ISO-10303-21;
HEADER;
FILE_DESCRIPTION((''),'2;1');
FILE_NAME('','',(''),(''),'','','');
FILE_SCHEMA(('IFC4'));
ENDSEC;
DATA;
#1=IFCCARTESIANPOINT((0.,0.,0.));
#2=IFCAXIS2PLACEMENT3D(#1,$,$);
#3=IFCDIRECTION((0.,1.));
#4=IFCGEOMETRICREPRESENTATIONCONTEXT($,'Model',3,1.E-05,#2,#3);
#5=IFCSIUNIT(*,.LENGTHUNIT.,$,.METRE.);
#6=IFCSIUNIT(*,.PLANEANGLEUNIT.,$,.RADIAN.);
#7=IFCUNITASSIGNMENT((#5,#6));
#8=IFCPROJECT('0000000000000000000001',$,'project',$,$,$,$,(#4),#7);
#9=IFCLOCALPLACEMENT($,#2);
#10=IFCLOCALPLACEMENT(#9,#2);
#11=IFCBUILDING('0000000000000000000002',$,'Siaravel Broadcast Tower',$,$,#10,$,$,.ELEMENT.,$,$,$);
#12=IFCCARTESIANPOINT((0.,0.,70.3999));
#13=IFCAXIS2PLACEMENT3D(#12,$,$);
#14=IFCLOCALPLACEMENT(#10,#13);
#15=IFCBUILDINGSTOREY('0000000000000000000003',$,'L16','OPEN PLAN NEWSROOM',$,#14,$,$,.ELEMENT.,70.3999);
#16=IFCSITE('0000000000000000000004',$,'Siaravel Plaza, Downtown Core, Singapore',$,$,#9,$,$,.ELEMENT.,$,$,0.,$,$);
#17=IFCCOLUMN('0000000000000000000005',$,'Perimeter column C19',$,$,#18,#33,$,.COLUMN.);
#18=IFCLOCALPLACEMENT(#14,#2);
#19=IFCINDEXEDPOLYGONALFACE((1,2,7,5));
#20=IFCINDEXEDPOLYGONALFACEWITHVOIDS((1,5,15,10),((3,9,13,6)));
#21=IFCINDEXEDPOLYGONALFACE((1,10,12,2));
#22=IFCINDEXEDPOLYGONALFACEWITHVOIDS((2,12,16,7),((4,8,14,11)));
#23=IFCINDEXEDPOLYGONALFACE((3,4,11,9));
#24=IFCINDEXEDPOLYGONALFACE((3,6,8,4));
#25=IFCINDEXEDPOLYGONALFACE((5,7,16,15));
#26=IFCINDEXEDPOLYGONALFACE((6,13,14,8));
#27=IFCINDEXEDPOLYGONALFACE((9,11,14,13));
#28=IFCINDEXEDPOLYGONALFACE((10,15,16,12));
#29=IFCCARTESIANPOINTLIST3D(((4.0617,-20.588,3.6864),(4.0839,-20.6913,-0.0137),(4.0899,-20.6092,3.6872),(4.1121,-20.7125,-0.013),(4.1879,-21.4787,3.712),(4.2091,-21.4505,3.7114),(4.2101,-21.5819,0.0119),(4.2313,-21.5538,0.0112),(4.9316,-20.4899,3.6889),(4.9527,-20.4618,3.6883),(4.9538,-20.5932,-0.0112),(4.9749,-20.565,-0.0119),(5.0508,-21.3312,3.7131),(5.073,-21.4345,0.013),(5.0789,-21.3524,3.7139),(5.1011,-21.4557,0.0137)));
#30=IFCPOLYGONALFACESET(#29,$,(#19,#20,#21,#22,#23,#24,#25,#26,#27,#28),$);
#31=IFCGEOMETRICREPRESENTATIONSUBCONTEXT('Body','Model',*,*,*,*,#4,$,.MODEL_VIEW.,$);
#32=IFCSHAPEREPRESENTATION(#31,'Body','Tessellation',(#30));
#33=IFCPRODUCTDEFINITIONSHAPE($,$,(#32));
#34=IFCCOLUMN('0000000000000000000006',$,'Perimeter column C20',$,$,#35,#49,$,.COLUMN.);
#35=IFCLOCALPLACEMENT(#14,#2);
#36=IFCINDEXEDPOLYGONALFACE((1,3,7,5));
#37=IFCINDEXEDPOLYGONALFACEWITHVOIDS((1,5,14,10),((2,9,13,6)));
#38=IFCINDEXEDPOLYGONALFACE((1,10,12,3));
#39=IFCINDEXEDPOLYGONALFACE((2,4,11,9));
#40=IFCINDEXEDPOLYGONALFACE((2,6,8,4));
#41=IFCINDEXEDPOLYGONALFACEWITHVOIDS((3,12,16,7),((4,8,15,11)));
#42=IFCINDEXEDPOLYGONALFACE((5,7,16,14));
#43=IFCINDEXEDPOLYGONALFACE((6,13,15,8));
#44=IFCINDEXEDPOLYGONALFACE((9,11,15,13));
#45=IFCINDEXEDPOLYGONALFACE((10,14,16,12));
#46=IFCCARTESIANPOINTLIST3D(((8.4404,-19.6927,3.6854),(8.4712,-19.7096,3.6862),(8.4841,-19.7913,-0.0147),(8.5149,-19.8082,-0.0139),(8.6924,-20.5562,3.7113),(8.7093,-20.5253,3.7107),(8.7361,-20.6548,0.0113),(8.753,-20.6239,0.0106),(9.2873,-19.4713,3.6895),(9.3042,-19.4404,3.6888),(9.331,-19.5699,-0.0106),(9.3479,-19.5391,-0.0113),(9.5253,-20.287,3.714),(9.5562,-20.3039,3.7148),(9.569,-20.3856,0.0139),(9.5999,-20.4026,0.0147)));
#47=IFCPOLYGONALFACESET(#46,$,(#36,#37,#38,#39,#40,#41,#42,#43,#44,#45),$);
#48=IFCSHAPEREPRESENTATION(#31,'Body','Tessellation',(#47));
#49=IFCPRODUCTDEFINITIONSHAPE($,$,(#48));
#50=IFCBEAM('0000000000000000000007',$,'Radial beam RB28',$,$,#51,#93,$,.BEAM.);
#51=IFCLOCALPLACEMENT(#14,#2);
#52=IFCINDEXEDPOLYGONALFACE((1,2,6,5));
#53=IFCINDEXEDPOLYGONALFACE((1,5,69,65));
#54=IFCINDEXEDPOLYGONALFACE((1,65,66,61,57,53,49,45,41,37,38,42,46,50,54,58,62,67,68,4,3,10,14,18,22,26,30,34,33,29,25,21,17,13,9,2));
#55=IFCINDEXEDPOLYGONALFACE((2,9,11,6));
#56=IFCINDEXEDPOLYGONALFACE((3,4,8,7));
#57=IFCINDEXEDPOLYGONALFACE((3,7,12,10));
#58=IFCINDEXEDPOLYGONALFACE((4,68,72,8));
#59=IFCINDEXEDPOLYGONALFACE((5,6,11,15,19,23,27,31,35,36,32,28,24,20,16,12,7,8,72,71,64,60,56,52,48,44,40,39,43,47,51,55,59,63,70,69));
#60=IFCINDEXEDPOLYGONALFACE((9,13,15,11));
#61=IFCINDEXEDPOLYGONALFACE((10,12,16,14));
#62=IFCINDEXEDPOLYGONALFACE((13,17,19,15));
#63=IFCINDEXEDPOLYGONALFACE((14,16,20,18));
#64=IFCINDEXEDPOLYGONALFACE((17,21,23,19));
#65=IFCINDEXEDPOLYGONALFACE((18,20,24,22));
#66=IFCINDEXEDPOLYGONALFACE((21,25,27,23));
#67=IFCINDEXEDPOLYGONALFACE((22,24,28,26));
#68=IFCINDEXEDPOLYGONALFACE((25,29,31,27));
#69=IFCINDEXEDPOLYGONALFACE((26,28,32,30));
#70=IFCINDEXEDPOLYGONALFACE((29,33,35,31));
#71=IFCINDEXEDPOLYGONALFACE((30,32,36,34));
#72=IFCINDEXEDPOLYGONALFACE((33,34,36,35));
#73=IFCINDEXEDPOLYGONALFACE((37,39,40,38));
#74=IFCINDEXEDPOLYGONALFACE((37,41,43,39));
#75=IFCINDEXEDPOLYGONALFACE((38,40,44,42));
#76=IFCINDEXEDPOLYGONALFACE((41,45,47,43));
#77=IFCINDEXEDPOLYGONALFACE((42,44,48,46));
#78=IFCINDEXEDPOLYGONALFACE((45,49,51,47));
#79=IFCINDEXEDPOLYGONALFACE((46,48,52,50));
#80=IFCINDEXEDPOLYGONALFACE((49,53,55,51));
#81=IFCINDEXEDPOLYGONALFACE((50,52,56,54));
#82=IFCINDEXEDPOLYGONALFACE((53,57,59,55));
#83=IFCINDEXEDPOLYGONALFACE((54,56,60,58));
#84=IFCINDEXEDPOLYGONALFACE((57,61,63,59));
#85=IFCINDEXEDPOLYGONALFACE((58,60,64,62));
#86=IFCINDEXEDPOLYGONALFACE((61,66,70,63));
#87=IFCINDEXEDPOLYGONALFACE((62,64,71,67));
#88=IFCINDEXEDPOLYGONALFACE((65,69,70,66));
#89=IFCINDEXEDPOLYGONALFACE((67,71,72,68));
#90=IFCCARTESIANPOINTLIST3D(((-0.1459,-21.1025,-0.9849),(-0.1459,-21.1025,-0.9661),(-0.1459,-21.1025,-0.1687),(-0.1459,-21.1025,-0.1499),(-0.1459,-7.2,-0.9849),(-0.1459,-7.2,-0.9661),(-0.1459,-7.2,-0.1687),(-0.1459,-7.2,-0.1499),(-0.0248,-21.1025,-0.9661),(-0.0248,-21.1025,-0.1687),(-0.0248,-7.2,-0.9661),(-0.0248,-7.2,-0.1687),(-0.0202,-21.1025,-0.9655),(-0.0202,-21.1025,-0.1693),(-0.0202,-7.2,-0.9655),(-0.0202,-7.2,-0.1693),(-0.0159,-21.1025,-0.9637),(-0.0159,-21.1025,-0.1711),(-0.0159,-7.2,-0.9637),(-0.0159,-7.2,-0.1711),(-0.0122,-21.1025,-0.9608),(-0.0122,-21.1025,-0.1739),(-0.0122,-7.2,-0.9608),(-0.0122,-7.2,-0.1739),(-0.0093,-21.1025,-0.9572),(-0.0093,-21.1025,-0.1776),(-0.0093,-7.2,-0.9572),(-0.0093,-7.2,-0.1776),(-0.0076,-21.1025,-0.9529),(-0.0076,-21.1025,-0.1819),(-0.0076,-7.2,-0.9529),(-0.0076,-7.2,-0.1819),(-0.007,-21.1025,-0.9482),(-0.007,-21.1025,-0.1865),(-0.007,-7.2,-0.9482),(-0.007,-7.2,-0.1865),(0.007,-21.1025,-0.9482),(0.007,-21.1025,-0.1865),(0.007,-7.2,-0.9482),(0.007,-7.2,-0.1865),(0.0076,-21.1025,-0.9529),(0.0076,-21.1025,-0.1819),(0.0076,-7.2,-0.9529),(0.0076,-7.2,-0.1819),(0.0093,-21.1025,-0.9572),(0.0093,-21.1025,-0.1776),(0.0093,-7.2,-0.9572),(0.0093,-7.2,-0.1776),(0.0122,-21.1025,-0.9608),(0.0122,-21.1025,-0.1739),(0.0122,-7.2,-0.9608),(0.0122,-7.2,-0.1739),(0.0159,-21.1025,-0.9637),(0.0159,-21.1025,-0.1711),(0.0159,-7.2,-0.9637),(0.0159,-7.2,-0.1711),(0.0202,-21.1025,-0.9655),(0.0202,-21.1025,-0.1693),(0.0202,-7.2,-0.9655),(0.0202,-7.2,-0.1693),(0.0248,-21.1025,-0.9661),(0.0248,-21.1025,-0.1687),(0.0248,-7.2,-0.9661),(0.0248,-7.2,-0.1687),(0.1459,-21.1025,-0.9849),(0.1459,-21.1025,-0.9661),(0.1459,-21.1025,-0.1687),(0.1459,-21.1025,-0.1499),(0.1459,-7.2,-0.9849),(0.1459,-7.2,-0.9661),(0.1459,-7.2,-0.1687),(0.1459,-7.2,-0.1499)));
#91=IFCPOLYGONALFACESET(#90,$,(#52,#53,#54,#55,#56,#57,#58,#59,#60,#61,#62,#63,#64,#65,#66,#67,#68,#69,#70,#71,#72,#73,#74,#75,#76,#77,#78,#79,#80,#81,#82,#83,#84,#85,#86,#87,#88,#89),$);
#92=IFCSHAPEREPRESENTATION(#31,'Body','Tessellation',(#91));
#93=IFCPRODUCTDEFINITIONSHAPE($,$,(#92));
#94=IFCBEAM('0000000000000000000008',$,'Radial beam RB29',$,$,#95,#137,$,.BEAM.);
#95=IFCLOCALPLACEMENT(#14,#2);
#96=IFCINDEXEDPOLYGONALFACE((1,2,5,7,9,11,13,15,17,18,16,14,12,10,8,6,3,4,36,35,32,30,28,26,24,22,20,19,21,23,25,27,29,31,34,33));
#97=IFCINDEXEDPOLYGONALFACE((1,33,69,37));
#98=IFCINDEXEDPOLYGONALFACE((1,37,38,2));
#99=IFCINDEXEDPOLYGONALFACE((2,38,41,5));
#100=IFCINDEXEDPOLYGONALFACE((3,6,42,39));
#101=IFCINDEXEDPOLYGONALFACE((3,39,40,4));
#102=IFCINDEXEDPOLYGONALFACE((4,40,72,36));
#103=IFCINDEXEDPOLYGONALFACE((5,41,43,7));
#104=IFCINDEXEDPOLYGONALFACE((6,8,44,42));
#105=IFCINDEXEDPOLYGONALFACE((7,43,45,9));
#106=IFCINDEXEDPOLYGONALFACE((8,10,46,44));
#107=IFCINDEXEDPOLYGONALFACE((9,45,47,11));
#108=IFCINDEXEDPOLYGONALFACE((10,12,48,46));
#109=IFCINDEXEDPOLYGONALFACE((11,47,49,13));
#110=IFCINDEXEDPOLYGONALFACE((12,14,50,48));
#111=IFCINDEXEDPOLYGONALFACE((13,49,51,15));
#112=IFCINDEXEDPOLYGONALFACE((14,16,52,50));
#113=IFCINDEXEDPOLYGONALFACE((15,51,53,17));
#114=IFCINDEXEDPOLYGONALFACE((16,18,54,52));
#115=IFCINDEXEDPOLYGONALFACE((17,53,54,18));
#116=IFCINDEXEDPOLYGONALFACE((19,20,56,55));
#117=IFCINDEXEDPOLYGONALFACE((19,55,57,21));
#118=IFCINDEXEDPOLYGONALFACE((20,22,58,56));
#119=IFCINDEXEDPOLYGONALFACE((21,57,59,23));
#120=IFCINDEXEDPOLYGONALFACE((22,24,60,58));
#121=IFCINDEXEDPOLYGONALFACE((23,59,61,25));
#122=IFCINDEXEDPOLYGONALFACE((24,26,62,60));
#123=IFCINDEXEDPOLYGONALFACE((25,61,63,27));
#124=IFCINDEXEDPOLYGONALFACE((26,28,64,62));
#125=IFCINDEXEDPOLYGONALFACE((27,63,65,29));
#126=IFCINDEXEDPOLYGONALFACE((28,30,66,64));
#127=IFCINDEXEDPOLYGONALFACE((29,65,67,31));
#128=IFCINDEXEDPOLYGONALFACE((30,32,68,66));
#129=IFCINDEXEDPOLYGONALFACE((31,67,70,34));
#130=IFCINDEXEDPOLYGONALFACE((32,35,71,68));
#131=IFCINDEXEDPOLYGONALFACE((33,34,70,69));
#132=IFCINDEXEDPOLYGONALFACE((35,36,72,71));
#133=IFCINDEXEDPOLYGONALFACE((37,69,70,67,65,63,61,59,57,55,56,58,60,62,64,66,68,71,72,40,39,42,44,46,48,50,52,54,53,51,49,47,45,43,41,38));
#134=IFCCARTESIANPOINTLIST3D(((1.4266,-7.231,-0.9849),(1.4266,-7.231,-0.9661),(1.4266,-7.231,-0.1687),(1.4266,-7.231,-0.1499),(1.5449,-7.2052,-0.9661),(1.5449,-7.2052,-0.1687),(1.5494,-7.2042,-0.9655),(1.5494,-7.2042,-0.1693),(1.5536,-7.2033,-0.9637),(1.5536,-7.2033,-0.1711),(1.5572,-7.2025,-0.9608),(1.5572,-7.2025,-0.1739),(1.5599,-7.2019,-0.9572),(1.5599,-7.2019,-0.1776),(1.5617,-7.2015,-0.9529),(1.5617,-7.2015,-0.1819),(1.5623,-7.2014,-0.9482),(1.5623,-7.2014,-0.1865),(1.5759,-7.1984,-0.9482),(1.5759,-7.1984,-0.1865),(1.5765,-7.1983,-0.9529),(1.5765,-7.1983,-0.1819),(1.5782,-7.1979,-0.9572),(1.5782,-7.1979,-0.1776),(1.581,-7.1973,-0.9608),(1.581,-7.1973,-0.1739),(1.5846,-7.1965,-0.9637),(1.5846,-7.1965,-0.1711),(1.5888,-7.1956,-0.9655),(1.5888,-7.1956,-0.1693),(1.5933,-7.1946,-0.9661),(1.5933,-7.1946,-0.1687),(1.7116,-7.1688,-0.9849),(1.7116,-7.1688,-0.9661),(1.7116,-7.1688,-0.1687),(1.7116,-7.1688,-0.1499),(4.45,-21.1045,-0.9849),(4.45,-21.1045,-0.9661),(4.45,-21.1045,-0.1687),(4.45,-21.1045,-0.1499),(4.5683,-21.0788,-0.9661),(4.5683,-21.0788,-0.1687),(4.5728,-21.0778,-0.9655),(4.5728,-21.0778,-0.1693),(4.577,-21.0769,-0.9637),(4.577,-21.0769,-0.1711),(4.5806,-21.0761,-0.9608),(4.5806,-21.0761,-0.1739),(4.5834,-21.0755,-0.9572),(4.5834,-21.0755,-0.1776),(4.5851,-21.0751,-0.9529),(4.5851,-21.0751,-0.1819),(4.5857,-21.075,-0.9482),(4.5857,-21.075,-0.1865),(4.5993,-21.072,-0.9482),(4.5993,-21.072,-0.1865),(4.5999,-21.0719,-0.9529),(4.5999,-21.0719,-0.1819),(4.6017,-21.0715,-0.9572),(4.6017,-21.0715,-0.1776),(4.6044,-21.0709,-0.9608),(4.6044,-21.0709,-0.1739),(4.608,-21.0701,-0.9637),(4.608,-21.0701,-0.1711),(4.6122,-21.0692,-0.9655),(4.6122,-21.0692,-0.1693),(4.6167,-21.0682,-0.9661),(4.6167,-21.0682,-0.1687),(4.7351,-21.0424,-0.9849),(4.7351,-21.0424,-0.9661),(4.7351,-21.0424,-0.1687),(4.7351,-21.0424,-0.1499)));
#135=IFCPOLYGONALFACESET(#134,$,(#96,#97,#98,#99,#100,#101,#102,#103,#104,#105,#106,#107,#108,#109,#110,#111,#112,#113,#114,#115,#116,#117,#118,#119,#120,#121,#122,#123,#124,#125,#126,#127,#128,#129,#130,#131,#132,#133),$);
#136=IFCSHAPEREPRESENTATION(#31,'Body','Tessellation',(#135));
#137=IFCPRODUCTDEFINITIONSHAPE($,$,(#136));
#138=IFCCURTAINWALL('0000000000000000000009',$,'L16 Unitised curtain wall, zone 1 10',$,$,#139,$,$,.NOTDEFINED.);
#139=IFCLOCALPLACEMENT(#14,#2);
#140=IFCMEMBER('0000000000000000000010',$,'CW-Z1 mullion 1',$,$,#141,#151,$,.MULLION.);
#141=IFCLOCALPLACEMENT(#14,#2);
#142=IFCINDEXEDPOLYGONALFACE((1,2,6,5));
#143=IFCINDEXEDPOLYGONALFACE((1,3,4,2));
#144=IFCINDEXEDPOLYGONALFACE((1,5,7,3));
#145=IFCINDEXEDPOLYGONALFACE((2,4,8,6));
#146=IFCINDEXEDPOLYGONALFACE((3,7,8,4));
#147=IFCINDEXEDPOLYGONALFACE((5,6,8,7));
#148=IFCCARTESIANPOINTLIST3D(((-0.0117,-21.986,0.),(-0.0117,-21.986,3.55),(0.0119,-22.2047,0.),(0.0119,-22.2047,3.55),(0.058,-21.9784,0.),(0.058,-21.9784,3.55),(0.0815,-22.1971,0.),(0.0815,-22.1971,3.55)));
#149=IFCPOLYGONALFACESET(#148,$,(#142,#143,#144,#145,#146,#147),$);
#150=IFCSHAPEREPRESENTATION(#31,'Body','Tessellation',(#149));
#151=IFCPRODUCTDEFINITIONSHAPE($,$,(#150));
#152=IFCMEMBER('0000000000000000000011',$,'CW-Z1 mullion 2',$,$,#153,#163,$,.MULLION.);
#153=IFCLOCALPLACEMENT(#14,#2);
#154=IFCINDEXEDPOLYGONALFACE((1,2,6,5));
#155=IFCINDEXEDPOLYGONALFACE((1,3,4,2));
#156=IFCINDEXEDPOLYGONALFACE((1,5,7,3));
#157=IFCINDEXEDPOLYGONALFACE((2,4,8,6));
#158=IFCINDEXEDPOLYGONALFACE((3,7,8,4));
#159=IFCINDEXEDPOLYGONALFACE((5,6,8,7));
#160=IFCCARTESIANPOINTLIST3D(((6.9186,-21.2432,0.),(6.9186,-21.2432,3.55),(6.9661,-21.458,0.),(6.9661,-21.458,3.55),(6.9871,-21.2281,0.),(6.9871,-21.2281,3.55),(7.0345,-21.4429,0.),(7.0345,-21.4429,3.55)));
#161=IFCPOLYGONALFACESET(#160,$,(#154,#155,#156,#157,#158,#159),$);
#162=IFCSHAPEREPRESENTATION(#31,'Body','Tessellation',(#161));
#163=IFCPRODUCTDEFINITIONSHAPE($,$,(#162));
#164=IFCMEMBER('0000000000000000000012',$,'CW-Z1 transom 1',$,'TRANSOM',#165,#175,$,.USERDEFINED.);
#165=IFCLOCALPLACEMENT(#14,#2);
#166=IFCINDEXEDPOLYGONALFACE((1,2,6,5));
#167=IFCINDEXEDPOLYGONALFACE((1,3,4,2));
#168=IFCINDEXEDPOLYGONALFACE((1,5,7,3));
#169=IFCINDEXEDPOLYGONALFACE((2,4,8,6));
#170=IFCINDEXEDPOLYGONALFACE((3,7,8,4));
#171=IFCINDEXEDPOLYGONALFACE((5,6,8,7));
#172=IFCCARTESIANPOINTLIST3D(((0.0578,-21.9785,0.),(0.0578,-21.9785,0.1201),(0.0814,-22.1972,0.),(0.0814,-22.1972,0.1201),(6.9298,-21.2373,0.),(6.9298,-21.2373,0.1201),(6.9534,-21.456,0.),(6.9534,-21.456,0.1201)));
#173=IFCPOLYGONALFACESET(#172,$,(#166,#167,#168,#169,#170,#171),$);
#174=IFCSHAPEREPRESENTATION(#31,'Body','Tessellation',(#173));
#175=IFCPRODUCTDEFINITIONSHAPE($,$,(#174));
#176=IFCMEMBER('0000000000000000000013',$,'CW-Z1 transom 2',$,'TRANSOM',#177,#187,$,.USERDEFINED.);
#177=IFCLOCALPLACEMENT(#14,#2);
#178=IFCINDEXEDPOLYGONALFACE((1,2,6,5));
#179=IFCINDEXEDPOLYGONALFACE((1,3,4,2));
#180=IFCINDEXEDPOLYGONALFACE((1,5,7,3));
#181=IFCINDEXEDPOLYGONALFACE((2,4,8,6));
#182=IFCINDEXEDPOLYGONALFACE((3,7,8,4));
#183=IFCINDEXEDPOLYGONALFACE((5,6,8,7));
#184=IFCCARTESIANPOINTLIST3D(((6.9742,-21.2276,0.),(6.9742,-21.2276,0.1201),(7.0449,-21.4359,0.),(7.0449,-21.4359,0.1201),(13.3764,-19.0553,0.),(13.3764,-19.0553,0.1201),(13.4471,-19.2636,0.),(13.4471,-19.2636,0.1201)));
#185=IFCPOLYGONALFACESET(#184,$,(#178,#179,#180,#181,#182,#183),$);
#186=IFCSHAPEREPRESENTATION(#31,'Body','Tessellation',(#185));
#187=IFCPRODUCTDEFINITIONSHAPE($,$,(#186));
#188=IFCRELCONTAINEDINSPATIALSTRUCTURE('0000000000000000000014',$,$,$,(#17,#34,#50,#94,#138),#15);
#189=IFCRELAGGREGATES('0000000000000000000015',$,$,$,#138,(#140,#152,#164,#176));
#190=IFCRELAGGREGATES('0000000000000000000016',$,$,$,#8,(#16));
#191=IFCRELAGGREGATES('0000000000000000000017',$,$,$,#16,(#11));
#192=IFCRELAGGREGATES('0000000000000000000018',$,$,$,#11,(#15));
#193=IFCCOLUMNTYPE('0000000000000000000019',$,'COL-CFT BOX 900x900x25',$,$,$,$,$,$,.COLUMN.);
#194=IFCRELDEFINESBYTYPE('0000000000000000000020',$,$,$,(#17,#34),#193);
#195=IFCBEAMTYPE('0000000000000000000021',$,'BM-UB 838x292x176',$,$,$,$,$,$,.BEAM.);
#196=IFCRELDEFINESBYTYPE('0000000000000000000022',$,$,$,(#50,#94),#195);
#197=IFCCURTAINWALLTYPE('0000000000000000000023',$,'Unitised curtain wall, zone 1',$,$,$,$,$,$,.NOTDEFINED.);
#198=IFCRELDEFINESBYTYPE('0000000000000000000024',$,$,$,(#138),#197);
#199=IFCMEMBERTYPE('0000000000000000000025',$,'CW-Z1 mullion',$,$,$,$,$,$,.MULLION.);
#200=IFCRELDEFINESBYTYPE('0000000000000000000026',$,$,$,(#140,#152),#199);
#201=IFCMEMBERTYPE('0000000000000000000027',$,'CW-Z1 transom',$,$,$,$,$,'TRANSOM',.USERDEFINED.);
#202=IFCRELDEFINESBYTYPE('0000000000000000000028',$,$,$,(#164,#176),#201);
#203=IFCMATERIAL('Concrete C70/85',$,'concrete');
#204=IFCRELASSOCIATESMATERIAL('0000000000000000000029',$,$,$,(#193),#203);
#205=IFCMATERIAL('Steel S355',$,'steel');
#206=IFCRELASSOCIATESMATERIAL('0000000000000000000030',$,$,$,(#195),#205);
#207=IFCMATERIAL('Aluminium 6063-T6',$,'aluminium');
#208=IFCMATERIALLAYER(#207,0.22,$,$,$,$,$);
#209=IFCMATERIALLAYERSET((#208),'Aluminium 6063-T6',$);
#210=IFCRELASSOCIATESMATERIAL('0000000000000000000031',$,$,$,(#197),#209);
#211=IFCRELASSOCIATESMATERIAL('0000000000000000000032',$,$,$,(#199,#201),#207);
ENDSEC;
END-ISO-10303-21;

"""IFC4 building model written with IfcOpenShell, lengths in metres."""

from ifc_helpers import new_model, si_unit, direction, frame, origin, origin_2d, place, context, subcontext, project, spatial, rectangle, hollow_rectangle, i_section, extrude, material, layer, layer_set, material_profile, profile_set, type_object, element, aggregate, save


model = new_model("IFC4")

# Units and contexts
model_context = context("Model", 3, precision=1e-05, world=origin(), true_north=direction((0.0, 1.0)))
body_context = subcontext(model_context, "Body", "Model", "MODEL_VIEW")
ifc_project = project(units=[si_unit("LENGTHUNIT", "METRE"), si_unit("PLANEANGLEUNIT", "RADIAN")], contexts=[model_context])

# Site, building, storey
site_placement = place(None, origin())
site = spatial("IfcSite", under=ifc_project, at=site_placement, Name="Siaravel Plaza, Downtown Core, Singapore", CompositionType="ELEMENT", RefElevation=0.0)
building_placement = place(site_placement, origin())
building = spatial("IfcBuilding", under=site, at=building_placement, Name="Siaravel Broadcast Tower", CompositionType="ELEMENT")
storey_placement = place(building_placement, frame((0.0, 0.0, 70.3999)))
storey = spatial("IfcBuildingStorey", under=building, at=storey_placement, Name="L16", Description="OPEN PLAN NEWSROOM", CompositionType="ELEMENT", Elevation=70.3999)

# Columns
ifc_material_1 = material(Name="Concrete C70/85", Category="concrete")
ifc_material_profile_1 = material_profile(ifc_material_1, hollow_rectangle(XDim=0.8999, YDim=0.8999, WallThickness=0.0249, at=origin_2d()))
ifc_profile_set_1 = profile_set([ifc_material_profile_1], Name="Concrete C70/85")
column_type = type_object("IfcColumnType", Name="COL-CFT BOX 900x900x25", PredefinedType="COLUMN", material=ifc_profile_set_1)
for number, where, z_axis, x_axis, name in (
    (1, (4.5925, -21.0735, 0.0), (-0.006002, 0.027898, 0.999593), (-0.990103, -0.140325, -0.002028), "Perimeter column C19"),
    (2, (9.042, -20.0969, 0.0), (-0.011805, 0.026645, 0.999575), (-0.959911, -0.280277, -0.003866), "Perimeter column C20"),
):
    element("IfcColumn", number, at=place(storey_placement, frame(where, z_axis=z_axis, x_axis=x_axis)), inside=storey, type_object=column_type, Name=name, PredefinedType="COLUMN", context=body_context, shape_type="SweptSolid", body=[
        extrude(hollow_rectangle(XDim=0.8999, YDim=0.8999, WallThickness=0.0249, at=origin_2d()), origin(), (0.0, 0.0, 1.0), 3.7017),
    ])

# Beams
ifc_material_2 = material(Name="Steel S355", Category="steel")
ifc_material_profile_2 = material_profile(ifc_material_2, i_section(OverallWidth=0.2917, OverallDepth=0.835, WebThickness=0.0139, FlangeThickness=0.0188, FilletRadius=0.0178, at=origin_2d()))
ifc_profile_set_2 = profile_set([ifc_material_profile_2], Name="Steel S355")
beam_type = type_object("IfcBeamType", Name="BM-UB 838x292x176", PredefinedType="BEAM", material=ifc_profile_set_2)
beam_1_placement = place(storey_placement, frame((0.0, -21.1025, -0.5674), z_axis=(0.0, 1.0, 0.0), x_axis=(-1.0, 0.0, 0.0)))
element("IfcBeam", 3, at=beam_1_placement, inside=storey, type_object=beam_type, Name="Radial beam RB28", PredefinedType="BEAM", context=body_context, shape_type="SweptSolid", body=[
    extrude(i_section(OverallWidth=0.2917, OverallDepth=0.835, WebThickness=0.0139, FlangeThickness=0.0188, FilletRadius=0.0178, at=origin_2d()), origin(), (0.0, 0.0, 1.0), 13.9026),
])
beam_2_placement = place(storey_placement, frame((4.5925, -21.0735, -0.5674), z_axis=(-0.212931, 0.977067, 0.0), x_axis=(-0.977067, -0.212931, 0.0)))
element("IfcBeam", 4, at=beam_2_placement, inside=storey, type_object=beam_type, Name="Radial beam RB29", PredefinedType="BEAM", context=body_context, shape_type="SweptSolid", body=[
    extrude(i_section(OverallWidth=0.2917, OverallDepth=0.835, WebThickness=0.0139, FlangeThickness=0.0188, FilletRadius=0.0178, at=origin_2d()), origin(), (0.0, 0.0, 1.0), 14.1992),
])

# Curtain wall, members
ifc_material_3 = material(Name="Aluminium 6063-T6", Category="aluminium")
ifc_layer_1 = layer(ifc_material_3, 0.22)
ifc_layer_set_1 = layer_set([ifc_layer_1], Name="Aluminium 6063-T6")
curtain_wall_type = type_object("IfcCurtainWallType", Name="Unitised curtain wall, zone 1", PredefinedType="NOTDEFINED", material=ifc_layer_set_1)
curtain_wall_placement = place(storey_placement, origin())
curtain_wall = element("IfcCurtainWall", 5, at=curtain_wall_placement, inside=storey, type_object=curtain_wall_type, Name="L16 Unitised curtain wall, zone 1 10", PredefinedType="NOTDEFINED")
ifc_material_profile_3 = material_profile(ifc_material_3, rectangle(XDim=0.22, YDim=0.0701, at=origin_2d()))
ifc_profile_set_3 = profile_set([ifc_material_profile_3], Name="Aluminium 6063-T6")
member_type_1 = type_object("IfcMemberType", Name="CW-Z1 mullion", PredefinedType="MULLION", material=ifc_profile_set_3)
member_1_placement = place(storey_placement, frame((0.0349, -22.0916, 0.0), z_axis=(0.0, 0.0, 1.0), x_axis=(-0.107218, 0.994236, 0.0)))
member_1 = element("IfcMember", 6, at=member_1_placement, type_object=member_type_1, Name="CW-Z1 mullion 1", PredefinedType="MULLION", context=body_context, shape_type="SweptSolid", body=[
    extrude(rectangle(XDim=0.22, YDim=0.0701, at=origin_2d()), origin(), (0.0, 0.0, 1.0), 3.55),
])
member_2_placement = place(storey_placement, frame((6.9766, -21.343, 0.0), z_axis=(0.0, 0.0, 1.0), x_axis=(-0.215558, 0.976491, 0.0)))
member_2 = element("IfcMember", 7, at=member_2_placement, type_object=member_type_1, Name="CW-Z1 mullion 2", PredefinedType="MULLION", context=body_context, shape_type="SweptSolid", body=[
    extrude(rectangle(XDim=0.22, YDim=0.0701, at=origin_2d()), origin(), (0.0, 0.0, 1.0), 3.55),
])
ifc_material_profile_4 = material_profile(ifc_material_3, rectangle(XDim=0.22, YDim=0.1201, at=origin_2d()))
ifc_profile_set_4 = profile_set([ifc_material_profile_4], Name="Aluminium 6063-T6")
member_type_2 = type_object("IfcMemberType", Name="CW-Z1 transom", ElementType="TRANSOM", PredefinedType="USERDEFINED", material=ifc_profile_set_4)
member_3_placement = place(storey_placement, frame((0.0696, -22.0879, 0.0601), z_axis=(0.994234, 0.107237, 0.0), x_axis=(-0.107237, 0.994234, 0.0)))
member_3 = element("IfcMember", 8, at=member_3_placement, type_object=member_type_2, Name="CW-Z1 transom 1", ObjectType="TRANSOM", PredefinedType="USERDEFINED", context=body_context, shape_type="SweptSolid", body=[
    extrude(rectangle(XDim=0.22, YDim=0.1201, at=origin_2d()), origin(), (0.0, 0.0, 1.0), 6.9119),
])
member_4_placement = place(storey_placement, frame((7.0095, -21.3318, 0.0601), z_axis=(0.946972, 0.321315, 0.0), x_axis=(-0.321315, 0.946972, 0.0)))
member_4 = element("IfcMember", 9, at=member_4_placement, type_object=member_type_2, Name="CW-Z1 transom 2", ObjectType="TRANSOM", PredefinedType="USERDEFINED", context=body_context, shape_type="SweptSolid", body=[
    extrude(rectangle(XDim=0.22, YDim=0.1201, at=origin_2d()), origin(), (0.0, 0.0, 1.0), 6.7607),
])

aggregate(curtain_wall, [member_1, member_2, member_3, member_4])

save(model, "model.ifc")
